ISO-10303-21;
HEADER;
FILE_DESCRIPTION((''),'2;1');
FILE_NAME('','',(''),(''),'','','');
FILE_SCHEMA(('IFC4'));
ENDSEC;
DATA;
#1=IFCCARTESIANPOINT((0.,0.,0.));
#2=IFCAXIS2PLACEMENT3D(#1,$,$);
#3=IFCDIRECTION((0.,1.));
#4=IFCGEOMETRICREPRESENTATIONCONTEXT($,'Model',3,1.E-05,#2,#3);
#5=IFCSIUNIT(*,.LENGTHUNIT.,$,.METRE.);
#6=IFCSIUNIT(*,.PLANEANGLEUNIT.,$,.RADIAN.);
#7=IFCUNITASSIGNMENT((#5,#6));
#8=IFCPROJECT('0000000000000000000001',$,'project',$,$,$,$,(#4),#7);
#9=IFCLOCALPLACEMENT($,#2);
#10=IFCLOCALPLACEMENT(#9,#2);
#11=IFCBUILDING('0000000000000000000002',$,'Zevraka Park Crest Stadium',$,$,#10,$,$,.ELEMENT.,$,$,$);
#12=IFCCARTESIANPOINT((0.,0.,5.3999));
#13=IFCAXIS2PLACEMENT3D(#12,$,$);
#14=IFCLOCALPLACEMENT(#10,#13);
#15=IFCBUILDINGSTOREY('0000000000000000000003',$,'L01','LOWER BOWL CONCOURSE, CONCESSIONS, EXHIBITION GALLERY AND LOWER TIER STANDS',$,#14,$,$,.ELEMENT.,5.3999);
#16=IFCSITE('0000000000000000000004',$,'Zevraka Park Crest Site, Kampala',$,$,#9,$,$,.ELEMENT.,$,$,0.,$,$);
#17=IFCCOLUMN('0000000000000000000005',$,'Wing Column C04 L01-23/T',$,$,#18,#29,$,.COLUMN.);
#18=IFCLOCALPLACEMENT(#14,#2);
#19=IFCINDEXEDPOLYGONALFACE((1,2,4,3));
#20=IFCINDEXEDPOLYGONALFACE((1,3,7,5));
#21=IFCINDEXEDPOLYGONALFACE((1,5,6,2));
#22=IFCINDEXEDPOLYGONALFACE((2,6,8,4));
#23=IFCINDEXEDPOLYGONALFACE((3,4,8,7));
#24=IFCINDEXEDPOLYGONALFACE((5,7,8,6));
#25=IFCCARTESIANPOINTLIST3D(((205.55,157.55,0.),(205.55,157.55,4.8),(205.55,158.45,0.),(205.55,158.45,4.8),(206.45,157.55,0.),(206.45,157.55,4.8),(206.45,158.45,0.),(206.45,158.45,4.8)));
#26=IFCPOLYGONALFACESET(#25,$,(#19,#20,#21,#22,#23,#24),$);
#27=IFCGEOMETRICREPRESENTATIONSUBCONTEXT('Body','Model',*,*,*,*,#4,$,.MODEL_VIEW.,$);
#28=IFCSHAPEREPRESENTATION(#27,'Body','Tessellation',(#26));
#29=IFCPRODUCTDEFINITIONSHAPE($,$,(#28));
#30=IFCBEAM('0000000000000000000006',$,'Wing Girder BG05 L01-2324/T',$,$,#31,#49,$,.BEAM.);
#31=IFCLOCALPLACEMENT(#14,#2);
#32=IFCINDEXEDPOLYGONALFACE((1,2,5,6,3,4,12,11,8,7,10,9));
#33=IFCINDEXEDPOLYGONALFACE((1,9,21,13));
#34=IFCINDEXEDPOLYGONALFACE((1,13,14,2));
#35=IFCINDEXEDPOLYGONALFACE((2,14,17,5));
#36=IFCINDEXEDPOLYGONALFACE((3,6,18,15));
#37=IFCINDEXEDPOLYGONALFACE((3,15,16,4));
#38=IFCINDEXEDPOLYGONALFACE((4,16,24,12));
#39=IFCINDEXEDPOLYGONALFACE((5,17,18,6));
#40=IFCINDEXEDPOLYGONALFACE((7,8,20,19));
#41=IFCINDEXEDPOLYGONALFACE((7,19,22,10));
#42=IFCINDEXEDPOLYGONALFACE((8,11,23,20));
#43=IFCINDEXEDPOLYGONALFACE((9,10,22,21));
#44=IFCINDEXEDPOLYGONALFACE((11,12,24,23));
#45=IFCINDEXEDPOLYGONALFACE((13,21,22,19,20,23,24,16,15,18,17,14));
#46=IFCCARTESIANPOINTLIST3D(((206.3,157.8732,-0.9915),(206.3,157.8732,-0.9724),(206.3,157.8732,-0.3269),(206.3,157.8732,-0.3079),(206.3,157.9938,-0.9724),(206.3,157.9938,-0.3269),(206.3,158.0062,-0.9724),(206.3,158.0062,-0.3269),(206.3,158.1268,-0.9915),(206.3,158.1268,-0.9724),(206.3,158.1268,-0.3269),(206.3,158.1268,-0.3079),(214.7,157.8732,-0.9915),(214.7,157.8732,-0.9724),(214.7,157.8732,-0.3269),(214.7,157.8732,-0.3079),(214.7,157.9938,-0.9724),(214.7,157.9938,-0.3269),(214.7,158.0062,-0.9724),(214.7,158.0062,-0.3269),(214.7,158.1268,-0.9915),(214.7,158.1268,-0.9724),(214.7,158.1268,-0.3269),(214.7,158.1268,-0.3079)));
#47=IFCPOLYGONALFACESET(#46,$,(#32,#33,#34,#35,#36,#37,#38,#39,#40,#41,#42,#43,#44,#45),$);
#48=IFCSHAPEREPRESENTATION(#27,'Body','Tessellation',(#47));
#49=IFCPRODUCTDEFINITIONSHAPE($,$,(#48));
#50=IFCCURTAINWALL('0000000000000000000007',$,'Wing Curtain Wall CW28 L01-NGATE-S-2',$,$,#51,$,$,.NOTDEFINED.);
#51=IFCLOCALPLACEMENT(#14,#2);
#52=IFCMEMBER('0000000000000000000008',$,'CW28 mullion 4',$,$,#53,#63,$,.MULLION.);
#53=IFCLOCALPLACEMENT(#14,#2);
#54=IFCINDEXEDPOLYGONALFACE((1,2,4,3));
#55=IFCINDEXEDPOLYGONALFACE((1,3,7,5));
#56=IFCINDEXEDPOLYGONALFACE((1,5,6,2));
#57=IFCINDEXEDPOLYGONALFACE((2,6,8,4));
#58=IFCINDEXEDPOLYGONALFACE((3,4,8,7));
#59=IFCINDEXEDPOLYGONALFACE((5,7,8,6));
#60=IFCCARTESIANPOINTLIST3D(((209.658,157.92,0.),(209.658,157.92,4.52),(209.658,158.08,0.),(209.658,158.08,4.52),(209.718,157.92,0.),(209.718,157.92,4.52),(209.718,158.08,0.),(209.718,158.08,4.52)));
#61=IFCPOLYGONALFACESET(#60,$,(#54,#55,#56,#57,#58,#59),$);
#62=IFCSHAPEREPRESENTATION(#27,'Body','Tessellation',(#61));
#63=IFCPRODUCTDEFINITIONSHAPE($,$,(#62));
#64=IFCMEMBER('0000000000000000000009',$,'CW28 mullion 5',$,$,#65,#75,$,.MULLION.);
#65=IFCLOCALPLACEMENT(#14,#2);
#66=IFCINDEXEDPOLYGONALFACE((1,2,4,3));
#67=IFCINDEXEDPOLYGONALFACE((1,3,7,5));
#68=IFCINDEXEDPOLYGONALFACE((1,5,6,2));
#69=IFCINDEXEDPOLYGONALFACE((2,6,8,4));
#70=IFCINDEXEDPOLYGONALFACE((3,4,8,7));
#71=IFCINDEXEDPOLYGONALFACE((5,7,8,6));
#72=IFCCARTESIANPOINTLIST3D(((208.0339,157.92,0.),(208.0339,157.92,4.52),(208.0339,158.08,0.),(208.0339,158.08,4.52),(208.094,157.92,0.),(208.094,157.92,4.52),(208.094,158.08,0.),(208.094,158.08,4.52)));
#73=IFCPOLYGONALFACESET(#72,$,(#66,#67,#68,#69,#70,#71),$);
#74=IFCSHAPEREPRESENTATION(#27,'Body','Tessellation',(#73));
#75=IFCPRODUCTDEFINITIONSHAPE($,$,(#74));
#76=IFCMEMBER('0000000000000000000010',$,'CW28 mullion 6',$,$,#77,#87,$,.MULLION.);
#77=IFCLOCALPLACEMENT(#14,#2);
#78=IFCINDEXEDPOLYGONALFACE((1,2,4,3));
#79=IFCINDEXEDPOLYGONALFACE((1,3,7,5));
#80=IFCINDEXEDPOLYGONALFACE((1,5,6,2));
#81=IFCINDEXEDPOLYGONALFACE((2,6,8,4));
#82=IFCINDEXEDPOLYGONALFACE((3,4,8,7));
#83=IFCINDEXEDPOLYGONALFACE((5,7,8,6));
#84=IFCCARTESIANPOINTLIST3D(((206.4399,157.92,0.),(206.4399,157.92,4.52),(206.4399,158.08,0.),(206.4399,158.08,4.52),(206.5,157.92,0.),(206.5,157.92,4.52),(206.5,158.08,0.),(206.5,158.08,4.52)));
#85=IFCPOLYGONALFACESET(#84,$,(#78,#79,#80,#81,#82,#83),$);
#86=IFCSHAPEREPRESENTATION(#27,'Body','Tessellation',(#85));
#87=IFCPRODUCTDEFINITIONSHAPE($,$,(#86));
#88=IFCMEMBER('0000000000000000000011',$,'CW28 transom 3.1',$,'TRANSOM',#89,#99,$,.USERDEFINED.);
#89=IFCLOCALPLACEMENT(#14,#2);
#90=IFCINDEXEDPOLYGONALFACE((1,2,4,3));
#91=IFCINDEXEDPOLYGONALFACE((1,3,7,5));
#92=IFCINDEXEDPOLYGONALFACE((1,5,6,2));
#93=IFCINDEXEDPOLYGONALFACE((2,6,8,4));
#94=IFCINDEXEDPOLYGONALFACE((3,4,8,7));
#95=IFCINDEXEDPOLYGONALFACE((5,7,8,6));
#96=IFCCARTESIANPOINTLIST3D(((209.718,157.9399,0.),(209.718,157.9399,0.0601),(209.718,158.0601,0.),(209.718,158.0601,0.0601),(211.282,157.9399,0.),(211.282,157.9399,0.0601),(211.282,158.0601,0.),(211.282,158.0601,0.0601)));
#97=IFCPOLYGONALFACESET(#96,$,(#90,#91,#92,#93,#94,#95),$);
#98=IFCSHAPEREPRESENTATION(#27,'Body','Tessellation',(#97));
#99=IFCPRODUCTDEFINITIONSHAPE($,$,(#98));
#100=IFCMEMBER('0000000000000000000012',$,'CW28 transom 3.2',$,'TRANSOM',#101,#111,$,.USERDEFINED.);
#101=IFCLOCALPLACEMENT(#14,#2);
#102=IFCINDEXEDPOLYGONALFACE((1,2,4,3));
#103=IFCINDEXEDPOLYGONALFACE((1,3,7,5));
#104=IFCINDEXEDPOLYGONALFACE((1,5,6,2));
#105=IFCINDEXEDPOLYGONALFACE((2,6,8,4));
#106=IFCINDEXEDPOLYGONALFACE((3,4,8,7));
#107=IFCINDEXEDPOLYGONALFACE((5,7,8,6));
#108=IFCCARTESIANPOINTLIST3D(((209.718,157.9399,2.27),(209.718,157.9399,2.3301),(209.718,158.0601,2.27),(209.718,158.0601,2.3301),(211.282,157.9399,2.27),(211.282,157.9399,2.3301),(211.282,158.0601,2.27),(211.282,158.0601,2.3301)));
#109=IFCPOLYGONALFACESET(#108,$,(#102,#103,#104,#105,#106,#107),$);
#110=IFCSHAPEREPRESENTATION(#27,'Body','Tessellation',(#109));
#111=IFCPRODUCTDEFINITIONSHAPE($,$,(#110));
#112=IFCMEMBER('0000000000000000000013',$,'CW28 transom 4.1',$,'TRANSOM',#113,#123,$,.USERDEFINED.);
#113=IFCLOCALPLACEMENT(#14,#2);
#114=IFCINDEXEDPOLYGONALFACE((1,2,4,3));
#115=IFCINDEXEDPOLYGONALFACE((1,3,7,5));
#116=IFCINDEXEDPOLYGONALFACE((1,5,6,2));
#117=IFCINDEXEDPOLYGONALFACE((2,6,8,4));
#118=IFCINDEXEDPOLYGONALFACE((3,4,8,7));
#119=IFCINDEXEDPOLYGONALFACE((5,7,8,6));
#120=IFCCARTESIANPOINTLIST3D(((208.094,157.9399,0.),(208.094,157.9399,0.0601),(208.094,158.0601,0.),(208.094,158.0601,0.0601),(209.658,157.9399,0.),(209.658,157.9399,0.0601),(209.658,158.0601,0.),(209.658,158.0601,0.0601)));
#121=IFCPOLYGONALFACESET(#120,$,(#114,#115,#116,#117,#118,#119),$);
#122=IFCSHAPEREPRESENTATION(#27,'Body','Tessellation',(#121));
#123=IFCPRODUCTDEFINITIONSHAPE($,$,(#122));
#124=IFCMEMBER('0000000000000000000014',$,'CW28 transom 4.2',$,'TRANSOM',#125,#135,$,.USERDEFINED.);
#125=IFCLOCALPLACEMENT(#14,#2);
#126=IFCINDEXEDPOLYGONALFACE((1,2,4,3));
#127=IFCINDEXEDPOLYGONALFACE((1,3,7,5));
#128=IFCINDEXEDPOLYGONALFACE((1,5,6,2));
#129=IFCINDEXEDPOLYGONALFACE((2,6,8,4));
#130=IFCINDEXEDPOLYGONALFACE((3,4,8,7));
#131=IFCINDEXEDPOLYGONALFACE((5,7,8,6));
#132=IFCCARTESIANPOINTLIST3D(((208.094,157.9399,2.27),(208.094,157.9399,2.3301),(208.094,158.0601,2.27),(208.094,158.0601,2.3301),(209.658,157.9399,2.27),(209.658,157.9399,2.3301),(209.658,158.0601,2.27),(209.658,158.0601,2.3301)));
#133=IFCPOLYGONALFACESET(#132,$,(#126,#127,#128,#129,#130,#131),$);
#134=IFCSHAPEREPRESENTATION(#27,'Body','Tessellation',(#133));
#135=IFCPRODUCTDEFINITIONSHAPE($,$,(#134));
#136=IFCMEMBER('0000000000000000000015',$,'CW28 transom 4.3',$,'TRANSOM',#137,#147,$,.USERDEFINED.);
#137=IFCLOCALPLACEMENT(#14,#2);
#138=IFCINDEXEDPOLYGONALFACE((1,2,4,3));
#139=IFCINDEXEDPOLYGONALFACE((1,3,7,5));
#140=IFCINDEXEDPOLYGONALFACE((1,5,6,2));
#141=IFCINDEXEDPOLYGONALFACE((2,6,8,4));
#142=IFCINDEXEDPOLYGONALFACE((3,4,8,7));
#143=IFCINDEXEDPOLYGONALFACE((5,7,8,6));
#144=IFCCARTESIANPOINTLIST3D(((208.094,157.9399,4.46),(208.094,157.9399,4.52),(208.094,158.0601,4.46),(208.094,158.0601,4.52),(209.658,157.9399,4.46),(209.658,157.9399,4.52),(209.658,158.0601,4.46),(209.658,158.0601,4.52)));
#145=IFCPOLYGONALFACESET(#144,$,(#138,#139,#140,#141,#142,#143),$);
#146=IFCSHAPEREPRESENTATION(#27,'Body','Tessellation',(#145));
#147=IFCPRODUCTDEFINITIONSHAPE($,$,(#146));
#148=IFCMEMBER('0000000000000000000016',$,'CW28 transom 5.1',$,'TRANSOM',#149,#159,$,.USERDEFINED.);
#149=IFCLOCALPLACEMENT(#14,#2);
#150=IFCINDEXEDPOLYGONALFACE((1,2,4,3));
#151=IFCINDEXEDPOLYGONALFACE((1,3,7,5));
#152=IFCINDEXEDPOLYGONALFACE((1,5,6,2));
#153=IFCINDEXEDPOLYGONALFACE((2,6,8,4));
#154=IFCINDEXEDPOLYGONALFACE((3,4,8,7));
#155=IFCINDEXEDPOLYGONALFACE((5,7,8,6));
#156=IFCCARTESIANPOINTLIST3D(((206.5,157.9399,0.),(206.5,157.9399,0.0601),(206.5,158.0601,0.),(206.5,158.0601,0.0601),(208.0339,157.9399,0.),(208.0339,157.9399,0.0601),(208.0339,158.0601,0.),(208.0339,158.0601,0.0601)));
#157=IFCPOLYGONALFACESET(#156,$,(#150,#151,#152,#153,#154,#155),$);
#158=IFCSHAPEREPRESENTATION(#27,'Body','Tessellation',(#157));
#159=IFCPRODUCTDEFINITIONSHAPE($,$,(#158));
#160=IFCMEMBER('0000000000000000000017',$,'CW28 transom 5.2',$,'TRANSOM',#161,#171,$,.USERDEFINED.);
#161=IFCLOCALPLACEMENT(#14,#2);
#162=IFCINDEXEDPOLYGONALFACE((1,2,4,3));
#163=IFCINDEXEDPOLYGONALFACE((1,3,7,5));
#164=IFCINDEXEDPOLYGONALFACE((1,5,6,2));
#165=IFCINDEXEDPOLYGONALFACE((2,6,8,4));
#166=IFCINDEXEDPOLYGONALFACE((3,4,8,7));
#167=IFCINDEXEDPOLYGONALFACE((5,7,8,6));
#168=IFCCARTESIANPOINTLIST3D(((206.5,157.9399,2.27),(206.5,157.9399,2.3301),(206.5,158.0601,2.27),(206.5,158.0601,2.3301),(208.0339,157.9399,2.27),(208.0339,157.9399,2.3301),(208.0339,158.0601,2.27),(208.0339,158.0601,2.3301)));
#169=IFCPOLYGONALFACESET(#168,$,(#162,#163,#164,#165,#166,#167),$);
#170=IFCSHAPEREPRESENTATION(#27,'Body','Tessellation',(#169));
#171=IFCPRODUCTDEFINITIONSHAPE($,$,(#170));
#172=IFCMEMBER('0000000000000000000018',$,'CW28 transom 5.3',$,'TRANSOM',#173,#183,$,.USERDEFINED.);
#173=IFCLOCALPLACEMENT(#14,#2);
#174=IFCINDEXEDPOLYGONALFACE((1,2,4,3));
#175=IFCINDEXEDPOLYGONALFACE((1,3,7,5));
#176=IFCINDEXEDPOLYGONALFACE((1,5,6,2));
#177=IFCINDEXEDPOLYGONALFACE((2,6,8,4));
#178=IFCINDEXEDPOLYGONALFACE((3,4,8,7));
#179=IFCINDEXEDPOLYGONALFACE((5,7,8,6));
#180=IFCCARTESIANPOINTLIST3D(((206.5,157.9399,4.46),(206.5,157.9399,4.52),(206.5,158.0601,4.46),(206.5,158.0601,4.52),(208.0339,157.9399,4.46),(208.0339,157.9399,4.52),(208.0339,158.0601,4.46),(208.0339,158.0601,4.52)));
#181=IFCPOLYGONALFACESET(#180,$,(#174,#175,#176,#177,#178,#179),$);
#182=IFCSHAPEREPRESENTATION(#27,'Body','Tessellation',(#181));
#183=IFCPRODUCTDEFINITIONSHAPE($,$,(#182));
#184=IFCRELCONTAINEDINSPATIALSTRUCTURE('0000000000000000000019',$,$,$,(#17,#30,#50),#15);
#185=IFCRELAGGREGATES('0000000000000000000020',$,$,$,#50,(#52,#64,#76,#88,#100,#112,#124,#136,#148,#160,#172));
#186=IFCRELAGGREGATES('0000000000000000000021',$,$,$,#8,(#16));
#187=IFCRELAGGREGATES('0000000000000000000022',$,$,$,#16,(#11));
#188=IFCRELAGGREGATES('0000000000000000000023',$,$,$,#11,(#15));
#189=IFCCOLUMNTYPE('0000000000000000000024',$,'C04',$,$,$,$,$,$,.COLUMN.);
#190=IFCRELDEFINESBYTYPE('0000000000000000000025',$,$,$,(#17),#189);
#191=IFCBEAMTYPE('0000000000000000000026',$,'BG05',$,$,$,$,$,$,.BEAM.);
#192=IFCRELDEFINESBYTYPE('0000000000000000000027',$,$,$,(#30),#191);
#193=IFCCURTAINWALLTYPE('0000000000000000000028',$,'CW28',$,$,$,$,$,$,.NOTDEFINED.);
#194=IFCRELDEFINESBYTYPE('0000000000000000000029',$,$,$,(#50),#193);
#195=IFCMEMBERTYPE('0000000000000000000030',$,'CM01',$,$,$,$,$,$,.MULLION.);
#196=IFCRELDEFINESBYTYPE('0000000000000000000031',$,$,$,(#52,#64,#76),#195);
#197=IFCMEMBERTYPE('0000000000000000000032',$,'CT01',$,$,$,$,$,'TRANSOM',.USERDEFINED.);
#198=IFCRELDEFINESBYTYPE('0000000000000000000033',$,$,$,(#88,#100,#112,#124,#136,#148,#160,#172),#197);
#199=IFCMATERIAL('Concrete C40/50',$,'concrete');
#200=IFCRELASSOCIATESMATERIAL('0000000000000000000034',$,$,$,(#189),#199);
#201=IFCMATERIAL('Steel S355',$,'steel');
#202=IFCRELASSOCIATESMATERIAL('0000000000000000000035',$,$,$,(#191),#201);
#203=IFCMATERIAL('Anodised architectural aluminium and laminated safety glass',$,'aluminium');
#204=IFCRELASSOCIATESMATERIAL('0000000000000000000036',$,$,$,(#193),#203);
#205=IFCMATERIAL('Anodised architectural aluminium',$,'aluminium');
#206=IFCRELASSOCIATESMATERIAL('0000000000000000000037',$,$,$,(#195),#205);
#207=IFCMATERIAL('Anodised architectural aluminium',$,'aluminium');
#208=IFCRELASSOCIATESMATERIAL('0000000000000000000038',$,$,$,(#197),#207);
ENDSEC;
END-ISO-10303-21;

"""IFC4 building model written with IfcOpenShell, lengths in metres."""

from ifc_helpers import new_model, si_unit, direction, frame, origin, origin_2d, place, context, subcontext, project, spatial, rectangle, i_section, extrude, material, material_profile, profile_set, type_object, element, aggregate, save


model = new_model("IFC4")

# Units and contexts
model_context = context("Model", 3, precision=1e-05, world=origin(), true_north=direction((0.0, 1.0)))
body_context = subcontext(model_context, "Body", "Model", "MODEL_VIEW")
ifc_project = project(units=[si_unit("LENGTHUNIT", "METRE"), si_unit("PLANEANGLEUNIT", "RADIAN")], contexts=[model_context])

# Site, building, storey
site_placement = place(None, origin())
site = spatial("IfcSite", under=ifc_project, at=site_placement, Name="Zevraka Park Crest Site, Kampala", CompositionType="ELEMENT", RefElevation=0.0)
building_placement = place(site_placement, origin())
building = spatial("IfcBuilding", under=site, at=building_placement, Name="Zevraka Park Crest Stadium", CompositionType="ELEMENT")
storey_placement = place(building_placement, frame((0.0, 0.0, 5.3999)))
storey = spatial("IfcBuildingStorey", under=building, at=storey_placement, Name="L01", Description="LOWER BOWL CONCOURSE, CONCESSIONS, EXHIBITION GALLERY AND LOWER TIER STANDS", CompositionType="ELEMENT", Elevation=5.3999)

# Column
ifc_material_1 = material(Name="Concrete C40/50", Category="concrete")
ifc_material_profile_1 = material_profile(ifc_material_1, rectangle(XDim=0.8999, YDim=0.8999, at=origin_2d()), Name="RC 900x900")
ifc_profile_set_1 = profile_set([ifc_material_profile_1], Name="Concrete C40/50")
column_type = type_object("IfcColumnType", Name="C04", PredefinedType="COLUMN", material=ifc_profile_set_1)
column_placement = place(storey_placement, frame((206.0, 158.0, 0.0), z_axis=(0.0, 0.0, 1.0), x_axis=(1.0, 0.0, 0.0)))
element("IfcColumn", 1, at=column_placement, inside=storey, type_object=column_type, Name="Wing Column C04 L01-23/T", PredefinedType="COLUMN", context=body_context, shape_type="SweptSolid", body=[
    extrude(rectangle(XDim=0.8999, YDim=0.8999, at=origin_2d()), origin(), (0.0, 0.0, 1.0), 4.8),
])

# Beam
ifc_material_2 = material(Name="Steel S355", Category="steel")
ifc_material_profile_2 = material_profile(ifc_material_2, i_section(OverallWidth=0.2537, OverallDepth=0.6836, WebThickness=0.0125, FlangeThickness=0.019, at=origin_2d()), Name="UKB 686x254x140")
ifc_profile_set_2 = profile_set([ifc_material_profile_2], Name="Steel S355")
beam_type = type_object("IfcBeamType", Name="BG05", PredefinedType="BEAM", material=ifc_profile_set_2)
beam_placement = place(storey_placement, frame((206.3, 158.0, -0.6497), z_axis=(1.0, 0.0, 0.0), x_axis=(0.0, 1.0, 0.0)))
element("IfcBeam", 2, at=beam_placement, inside=storey, type_object=beam_type, Name="Wing Girder BG05 L01-2324/T", PredefinedType="BEAM", context=body_context, shape_type="SweptSolid", body=[
    extrude(i_section(OverallWidth=0.2537, OverallDepth=0.6836, WebThickness=0.0125, FlangeThickness=0.019, at=origin_2d()), origin(), (0.0, 0.0, 1.0), 8.3999),
])

# Curtain wall, members
ifc_material_3 = material(Name="Anodised architectural aluminium and laminated safety glass", Category="aluminium")
curtain_wall_type = type_object("IfcCurtainWallType", Name="CW28", PredefinedType="NOTDEFINED", material=ifc_material_3)
curtain_wall_placement = place(storey_placement, origin())
curtain_wall = element("IfcCurtainWall", 3, at=curtain_wall_placement, inside=storey, type_object=curtain_wall_type, Name="Wing Curtain Wall CW28 L01-NGATE-S-2", PredefinedType="NOTDEFINED")
ifc_material_4 = material(Name="Anodised architectural aluminium", Category="aluminium")
ifc_material_profile_3 = material_profile(ifc_material_4, rectangle(XDim=0.1599, YDim=0.0601, at=origin_2d()), Name="ALU MULLION 160x60")
ifc_profile_set_3 = profile_set([ifc_material_profile_3], Name="Anodised architectural aluminium")
member_type_1 = type_object("IfcMemberType", Name="CM01", PredefinedType="MULLION", material=ifc_profile_set_3)
member_1_placement = place(storey_placement, frame((209.688, 158.0, 0.0), z_axis=(0.0, 0.0, 1.0), x_axis=(0.0, -1.0, 0.0)))
member_1 = element("IfcMember", 4, at=member_1_placement, type_object=member_type_1, Name="CW28 mullion 4", PredefinedType="MULLION", context=body_context, shape_type="SweptSolid", body=[
    extrude(rectangle(XDim=0.1599, YDim=0.0601, at=origin_2d()), origin(), (0.0, 0.0, 1.0), 4.52),
])
member_2_placement = place(storey_placement, frame((208.064, 158.0, 0.0), z_axis=(0.0, 0.0, 1.0), x_axis=(0.0, -1.0, 0.0)))
member_2 = element("IfcMember", 5, at=member_2_placement, type_object=member_type_1, Name="CW28 mullion 5", PredefinedType="MULLION", context=body_context, shape_type="SweptSolid", body=[
    extrude(rectangle(XDim=0.1599, YDim=0.0601, at=origin_2d()), origin(), (0.0, 0.0, 1.0), 4.52),
])
member_3_placement = place(storey_placement, frame((206.47, 158.0, 0.0), z_axis=(0.0, 0.0, 1.0), x_axis=(0.0, -1.0, 0.0)))
member_3 = element("IfcMember", 6, at=member_3_placement, type_object=member_type_1, Name="CW28 mullion 6", PredefinedType="MULLION", context=body_context, shape_type="SweptSolid", body=[
    extrude(rectangle(XDim=0.1599, YDim=0.0601, at=origin_2d()), origin(), (0.0, 0.0, 1.0), 4.52),
])
ifc_material_5 = material(Name="Anodised architectural aluminium", Category="aluminium")
ifc_material_profile_4 = material_profile(ifc_material_5, rectangle(XDim=0.1201, YDim=0.0601, at=origin_2d()), Name="ALU TRANSOM 120x60")
ifc_profile_set_4 = profile_set([ifc_material_profile_4], Name="Anodised architectural aluminium")
member_type_2 = type_object("IfcMemberType", Name="CT01", ElementType="TRANSOM", PredefinedType="USERDEFINED", material=ifc_profile_set_4)
member_4_placement = place(storey_placement, frame((211.282, 158.0, 0.03), z_axis=(-1.0, 0.0, 0.0), x_axis=(0.0, -1.0, 0.0)))
member_4 = element("IfcMember", 7, at=member_4_placement, type_object=member_type_2, Name="CW28 transom 3.1", ObjectType="TRANSOM", PredefinedType="USERDEFINED", context=body_context, shape_type="SweptSolid", body=[
    extrude(rectangle(XDim=0.1201, YDim=0.0601, at=origin_2d()), origin(), (0.0, 0.0, 1.0), 1.564),
])
member_5_placement = place(storey_placement, frame((211.282, 158.0, 2.3), z_axis=(-1.0, 0.0, 0.0), x_axis=(0.0, -1.0, 0.0)))
member_5 = element("IfcMember", 8, at=member_5_placement, type_object=member_type_2, Name="CW28 transom 3.2", ObjectType="TRANSOM", PredefinedType="USERDEFINED", context=body_context, shape_type="SweptSolid", body=[
    extrude(rectangle(XDim=0.1201, YDim=0.0601, at=origin_2d()), origin(), (0.0, 0.0, 1.0), 1.564),
])
member_6_placement = place(storey_placement, frame((209.658, 158.0, 0.03), z_axis=(-1.0, 0.0, 0.0), x_axis=(0.0, -1.0, 0.0)))
member_6 = element("IfcMember", 9, at=member_6_placement, type_object=member_type_2, Name="CW28 transom 4.1", ObjectType="TRANSOM", PredefinedType="USERDEFINED", context=body_context, shape_type="SweptSolid", body=[
    extrude(rectangle(XDim=0.1201, YDim=0.0601, at=origin_2d()), origin(), (0.0, 0.0, 1.0), 1.564),
])
member_7_placement = place(storey_placement, frame((209.658, 158.0, 2.3), z_axis=(-1.0, 0.0, 0.0), x_axis=(0.0, -1.0, 0.0)))
member_7 = element("IfcMember", 10, at=member_7_placement, type_object=member_type_2, Name="CW28 transom 4.2", ObjectType="TRANSOM", PredefinedType="USERDEFINED", context=body_context, shape_type="SweptSolid", body=[
    extrude(rectangle(XDim=0.1201, YDim=0.0601, at=origin_2d()), origin(), (0.0, 0.0, 1.0), 1.564),
])
member_8_placement = place(storey_placement, frame((209.658, 158.0, 4.49), z_axis=(-1.0, 0.0, 0.0), x_axis=(0.0, -1.0, 0.0)))
member_8 = element("IfcMember", 11, at=member_8_placement, type_object=member_type_2, Name="CW28 transom 4.3", ObjectType="TRANSOM", PredefinedType="USERDEFINED", context=body_context, shape_type="SweptSolid", body=[
    extrude(rectangle(XDim=0.1201, YDim=0.0601, at=origin_2d()), origin(), (0.0, 0.0, 1.0), 1.564),
])
member_9_placement = place(storey_placement, frame((208.0339, 158.0, 0.03), z_axis=(-1.0, 0.0, 0.0), x_axis=(0.0, -1.0, 0.0)))
member_9 = element("IfcMember", 12, at=member_9_placement, type_object=member_type_2, Name="CW28 transom 5.1", ObjectType="TRANSOM", PredefinedType="USERDEFINED", context=body_context, shape_type="SweptSolid", body=[
    extrude(rectangle(XDim=0.1201, YDim=0.0601, at=origin_2d()), origin(), (0.0, 0.0, 1.0), 1.5339),
])
member_10_placement = place(storey_placement, frame((208.0339, 158.0, 2.3), z_axis=(-1.0, 0.0, 0.0), x_axis=(0.0, -1.0, 0.0)))
member_10 = element("IfcMember", 13, at=member_10_placement, type_object=member_type_2, Name="CW28 transom 5.2", ObjectType="TRANSOM", PredefinedType="USERDEFINED", context=body_context, shape_type="SweptSolid", body=[
    extrude(rectangle(XDim=0.1201, YDim=0.0601, at=origin_2d()), origin(), (0.0, 0.0, 1.0), 1.5339),
])
member_11_placement = place(storey_placement, frame((208.0339, 158.0, 4.49), z_axis=(-1.0, 0.0, 0.0), x_axis=(0.0, -1.0, 0.0)))
member_11 = element("IfcMember", 14, at=member_11_placement, type_object=member_type_2, Name="CW28 transom 5.3", ObjectType="TRANSOM", PredefinedType="USERDEFINED", context=body_context, shape_type="SweptSolid", body=[
    extrude(rectangle(XDim=0.1201, YDim=0.0601, at=origin_2d()), origin(), (0.0, 0.0, 1.0), 1.5339),
])
aggregate(curtain_wall, [member_1, member_2, member_3, member_4, member_5, member_6, member_7, member_8, member_9, member_10, member_11])

save(model, "model.ifc")
